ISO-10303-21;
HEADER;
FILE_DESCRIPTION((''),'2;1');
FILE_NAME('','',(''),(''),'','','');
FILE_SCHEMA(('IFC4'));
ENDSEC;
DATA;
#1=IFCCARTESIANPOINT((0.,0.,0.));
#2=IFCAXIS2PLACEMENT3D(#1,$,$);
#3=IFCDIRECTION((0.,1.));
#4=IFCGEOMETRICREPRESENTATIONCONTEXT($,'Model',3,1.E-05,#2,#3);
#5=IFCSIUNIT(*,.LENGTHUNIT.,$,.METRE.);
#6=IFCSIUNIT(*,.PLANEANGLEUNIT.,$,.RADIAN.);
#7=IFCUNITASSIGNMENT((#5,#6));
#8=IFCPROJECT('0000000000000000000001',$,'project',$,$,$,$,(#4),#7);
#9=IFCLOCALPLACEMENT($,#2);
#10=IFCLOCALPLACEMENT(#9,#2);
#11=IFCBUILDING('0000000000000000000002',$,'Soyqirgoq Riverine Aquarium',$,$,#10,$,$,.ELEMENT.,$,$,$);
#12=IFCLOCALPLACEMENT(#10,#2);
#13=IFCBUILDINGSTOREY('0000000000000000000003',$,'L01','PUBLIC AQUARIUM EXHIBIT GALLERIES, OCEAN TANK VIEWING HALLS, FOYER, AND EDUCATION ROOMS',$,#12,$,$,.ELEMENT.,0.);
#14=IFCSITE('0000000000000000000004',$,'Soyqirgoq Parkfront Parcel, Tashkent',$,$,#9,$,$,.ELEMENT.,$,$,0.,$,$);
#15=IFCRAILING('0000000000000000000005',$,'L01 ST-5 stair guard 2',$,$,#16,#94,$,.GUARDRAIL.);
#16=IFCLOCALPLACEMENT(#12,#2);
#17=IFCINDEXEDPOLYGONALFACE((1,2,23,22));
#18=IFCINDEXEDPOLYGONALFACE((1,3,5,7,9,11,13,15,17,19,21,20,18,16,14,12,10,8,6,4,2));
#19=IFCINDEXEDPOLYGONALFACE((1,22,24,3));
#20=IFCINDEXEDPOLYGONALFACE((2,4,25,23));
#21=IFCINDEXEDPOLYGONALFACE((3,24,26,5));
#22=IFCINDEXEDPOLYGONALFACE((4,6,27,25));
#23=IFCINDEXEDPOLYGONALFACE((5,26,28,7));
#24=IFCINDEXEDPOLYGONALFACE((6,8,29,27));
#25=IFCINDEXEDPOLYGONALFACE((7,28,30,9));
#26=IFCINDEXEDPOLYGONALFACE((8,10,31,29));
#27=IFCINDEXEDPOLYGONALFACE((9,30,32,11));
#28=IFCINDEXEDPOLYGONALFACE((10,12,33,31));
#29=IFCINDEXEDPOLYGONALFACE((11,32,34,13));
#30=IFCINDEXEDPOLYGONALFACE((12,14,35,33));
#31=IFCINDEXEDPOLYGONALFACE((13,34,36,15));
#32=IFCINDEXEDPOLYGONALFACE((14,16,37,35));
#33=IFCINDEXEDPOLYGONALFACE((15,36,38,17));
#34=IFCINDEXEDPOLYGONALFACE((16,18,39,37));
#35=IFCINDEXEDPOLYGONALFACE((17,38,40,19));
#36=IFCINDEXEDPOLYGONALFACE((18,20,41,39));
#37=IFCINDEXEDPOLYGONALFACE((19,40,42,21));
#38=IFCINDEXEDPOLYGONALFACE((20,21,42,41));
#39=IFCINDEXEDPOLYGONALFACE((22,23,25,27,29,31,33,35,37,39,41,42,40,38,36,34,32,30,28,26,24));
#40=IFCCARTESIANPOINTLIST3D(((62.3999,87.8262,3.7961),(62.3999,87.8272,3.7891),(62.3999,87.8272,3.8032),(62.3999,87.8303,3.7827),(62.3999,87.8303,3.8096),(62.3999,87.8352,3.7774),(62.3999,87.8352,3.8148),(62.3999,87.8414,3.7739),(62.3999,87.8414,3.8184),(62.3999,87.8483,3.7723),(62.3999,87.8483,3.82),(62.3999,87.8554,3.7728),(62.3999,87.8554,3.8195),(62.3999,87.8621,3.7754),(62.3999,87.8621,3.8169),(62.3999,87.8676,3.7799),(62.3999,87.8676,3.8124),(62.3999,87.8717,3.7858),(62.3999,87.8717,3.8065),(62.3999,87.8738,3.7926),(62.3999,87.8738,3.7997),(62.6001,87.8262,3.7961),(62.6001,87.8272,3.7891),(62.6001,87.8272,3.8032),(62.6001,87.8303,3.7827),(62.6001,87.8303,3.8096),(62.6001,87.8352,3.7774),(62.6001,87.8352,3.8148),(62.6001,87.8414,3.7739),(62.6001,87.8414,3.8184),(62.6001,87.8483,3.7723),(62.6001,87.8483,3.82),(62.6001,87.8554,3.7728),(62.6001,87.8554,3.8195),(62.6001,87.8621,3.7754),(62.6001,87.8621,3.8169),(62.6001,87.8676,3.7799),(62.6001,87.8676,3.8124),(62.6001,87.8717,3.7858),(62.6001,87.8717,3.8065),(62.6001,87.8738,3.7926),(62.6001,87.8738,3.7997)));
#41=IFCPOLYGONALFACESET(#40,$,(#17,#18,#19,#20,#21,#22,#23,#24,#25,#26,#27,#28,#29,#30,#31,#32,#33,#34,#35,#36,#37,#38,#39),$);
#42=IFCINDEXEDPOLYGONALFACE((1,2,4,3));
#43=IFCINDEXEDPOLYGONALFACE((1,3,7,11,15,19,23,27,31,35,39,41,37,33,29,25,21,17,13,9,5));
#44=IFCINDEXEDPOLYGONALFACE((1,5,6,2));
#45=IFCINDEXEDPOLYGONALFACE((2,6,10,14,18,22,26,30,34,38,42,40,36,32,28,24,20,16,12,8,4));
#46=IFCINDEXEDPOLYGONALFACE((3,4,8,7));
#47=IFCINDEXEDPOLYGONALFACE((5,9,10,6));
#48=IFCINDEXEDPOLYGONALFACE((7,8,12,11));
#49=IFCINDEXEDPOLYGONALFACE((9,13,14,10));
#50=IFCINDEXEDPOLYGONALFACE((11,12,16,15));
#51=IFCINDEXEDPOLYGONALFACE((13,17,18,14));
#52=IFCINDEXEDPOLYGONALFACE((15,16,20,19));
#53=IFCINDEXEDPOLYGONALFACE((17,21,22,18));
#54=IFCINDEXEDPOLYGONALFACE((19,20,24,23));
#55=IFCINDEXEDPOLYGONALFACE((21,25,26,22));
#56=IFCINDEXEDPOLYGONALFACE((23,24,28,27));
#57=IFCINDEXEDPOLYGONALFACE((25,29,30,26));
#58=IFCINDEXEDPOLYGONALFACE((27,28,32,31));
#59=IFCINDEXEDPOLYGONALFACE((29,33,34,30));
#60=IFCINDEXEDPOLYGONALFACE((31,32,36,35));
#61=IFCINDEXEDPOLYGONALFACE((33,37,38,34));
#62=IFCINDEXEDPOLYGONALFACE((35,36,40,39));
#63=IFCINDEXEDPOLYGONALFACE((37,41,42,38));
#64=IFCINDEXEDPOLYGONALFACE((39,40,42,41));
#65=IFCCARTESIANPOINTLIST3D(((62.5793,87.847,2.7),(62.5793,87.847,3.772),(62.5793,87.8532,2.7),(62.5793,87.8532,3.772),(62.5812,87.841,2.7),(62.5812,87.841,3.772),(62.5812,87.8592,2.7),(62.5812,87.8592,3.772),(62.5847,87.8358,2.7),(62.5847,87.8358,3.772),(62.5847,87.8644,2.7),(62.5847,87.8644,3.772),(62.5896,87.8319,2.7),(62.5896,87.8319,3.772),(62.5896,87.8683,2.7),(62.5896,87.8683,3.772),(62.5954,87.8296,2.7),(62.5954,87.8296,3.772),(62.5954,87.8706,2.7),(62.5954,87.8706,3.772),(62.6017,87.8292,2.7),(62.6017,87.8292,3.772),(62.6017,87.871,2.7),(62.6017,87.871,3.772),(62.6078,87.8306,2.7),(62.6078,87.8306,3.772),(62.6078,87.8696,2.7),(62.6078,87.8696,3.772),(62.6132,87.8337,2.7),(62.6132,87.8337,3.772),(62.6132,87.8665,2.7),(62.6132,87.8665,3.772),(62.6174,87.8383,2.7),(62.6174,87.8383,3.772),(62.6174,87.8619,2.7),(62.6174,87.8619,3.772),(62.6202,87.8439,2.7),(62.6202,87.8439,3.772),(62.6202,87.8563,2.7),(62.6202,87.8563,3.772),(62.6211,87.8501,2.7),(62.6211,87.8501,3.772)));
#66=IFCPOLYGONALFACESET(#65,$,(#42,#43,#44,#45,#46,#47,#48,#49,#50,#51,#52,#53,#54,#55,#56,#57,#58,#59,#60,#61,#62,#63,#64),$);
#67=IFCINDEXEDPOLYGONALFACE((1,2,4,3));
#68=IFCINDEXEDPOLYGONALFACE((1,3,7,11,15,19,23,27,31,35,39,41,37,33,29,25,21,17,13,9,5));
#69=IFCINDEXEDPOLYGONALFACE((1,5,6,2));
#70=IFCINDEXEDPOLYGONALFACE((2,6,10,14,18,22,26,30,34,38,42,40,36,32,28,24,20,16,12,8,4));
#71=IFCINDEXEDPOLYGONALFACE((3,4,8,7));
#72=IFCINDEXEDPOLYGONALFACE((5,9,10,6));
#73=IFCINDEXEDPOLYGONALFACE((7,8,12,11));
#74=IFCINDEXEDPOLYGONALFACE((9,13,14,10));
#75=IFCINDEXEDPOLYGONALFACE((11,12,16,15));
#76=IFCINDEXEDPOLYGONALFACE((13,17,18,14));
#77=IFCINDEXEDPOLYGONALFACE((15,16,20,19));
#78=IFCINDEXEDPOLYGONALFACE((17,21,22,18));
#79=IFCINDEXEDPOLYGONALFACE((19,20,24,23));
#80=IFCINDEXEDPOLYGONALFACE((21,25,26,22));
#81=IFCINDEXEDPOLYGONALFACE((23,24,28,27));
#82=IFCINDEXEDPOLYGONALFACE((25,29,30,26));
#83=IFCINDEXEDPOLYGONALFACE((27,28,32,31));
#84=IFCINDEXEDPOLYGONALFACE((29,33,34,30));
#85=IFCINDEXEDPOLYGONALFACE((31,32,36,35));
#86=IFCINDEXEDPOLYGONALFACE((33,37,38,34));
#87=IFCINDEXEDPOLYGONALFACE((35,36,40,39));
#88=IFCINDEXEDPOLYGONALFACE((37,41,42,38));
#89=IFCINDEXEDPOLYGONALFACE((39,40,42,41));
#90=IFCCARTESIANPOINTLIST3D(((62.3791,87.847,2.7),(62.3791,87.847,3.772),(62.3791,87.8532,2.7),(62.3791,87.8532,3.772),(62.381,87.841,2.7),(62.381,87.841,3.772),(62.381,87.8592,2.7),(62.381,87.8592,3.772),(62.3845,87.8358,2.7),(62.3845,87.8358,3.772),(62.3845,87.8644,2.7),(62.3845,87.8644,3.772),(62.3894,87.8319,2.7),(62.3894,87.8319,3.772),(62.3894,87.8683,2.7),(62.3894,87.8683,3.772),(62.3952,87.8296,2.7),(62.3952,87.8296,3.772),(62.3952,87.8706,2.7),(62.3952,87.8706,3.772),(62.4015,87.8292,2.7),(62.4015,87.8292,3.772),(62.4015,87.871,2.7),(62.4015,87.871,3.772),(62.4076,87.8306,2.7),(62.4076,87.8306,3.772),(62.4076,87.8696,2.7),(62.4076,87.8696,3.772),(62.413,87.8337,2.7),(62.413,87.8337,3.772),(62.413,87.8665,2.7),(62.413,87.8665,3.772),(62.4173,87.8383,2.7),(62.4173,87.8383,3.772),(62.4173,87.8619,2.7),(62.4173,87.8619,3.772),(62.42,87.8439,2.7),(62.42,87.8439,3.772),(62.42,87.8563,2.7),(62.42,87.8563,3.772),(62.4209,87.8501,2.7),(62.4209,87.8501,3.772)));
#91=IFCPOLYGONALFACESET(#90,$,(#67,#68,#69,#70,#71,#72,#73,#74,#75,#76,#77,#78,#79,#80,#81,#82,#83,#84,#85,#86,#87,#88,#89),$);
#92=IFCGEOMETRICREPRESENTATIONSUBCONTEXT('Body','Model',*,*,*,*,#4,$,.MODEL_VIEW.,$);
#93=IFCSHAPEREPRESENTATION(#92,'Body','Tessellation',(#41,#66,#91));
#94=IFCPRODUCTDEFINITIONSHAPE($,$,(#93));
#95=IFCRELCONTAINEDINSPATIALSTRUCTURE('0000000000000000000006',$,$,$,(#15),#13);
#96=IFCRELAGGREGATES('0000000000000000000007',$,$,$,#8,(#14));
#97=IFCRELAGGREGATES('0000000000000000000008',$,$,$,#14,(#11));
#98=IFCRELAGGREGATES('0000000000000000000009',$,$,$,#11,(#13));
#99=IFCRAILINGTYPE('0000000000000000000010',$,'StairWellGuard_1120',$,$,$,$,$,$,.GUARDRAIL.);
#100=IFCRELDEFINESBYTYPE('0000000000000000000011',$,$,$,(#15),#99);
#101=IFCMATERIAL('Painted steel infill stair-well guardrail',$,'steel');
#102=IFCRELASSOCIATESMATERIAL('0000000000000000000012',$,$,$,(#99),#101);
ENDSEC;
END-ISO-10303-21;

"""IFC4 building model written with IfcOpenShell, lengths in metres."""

from ifc_helpers import new_model, si_unit, direction, frame, origin, origin_2d, place, context, subcontext, project, spatial, circle, extrude, material, type_object, element, save


model = new_model("IFC4")

# Units and contexts
model_context = context("Model", 3, precision=1e-05, world=origin(), true_north=direction((0.0, 1.0)))
body_context = subcontext(model_context, "Body", "Model", "MODEL_VIEW")
ifc_project = project(units=[si_unit("LENGTHUNIT", "METRE"), si_unit("PLANEANGLEUNIT", "RADIAN")], contexts=[model_context])

# Site, building, storey
site_placement = place(None, origin())
site = spatial("IfcSite", under=ifc_project, at=site_placement, Name="Soyqirgoq Parkfront Parcel, Tashkent", CompositionType="ELEMENT", RefElevation=0.0)
building_placement = place(site_placement, origin())
building = spatial("IfcBuilding", under=site, at=building_placement, Name="Soyqirgoq Riverine Aquarium", CompositionType="ELEMENT")
storey_placement = place(building_placement, origin())
storey = spatial("IfcBuildingStorey", under=building, at=storey_placement, Name="L01", Description="PUBLIC AQUARIUM EXHIBIT GALLERIES, OCEAN TANK VIEWING HALLS, FOYER, AND EDUCATION ROOMS", CompositionType="ELEMENT", Elevation=0.0)

# Railing
ifc_material_1 = material(Name="Painted steel infill stair-well guardrail", Category="steel")
railing_type_1 = type_object("IfcRailingType", Name="StairWellGuard_1120", PredefinedType="GUARDRAIL", material=ifc_material_1)
railing_1_placement = place(storey_placement, frame((62.6001, 87.8501, 2.7)))
element("IfcRailing", 1, at=railing_1_placement, inside=storey, type_object=railing_type_1, Name="L01 ST-5 stair guard 2", PredefinedType="GUARDRAIL", context=body_context, shape_type="SweptSolid", body=[
    extrude(circle(Radius=0.0239, at=origin_2d()), frame((0.0, 0.0, 1.0962), z_axis=(-1.0, 0.0, 0.0), x_axis=(0.0, -1.0, 0.0)), (0.0, 0.0, 1.0), 0.2002),
    extrude(circle(Radius=0.021, at=origin_2d()), origin(), (0.0, 0.0, 1.0), 1.072),
    extrude(circle(Radius=0.021, at=origin_2d()), frame((-0.2002, 0.0, 0.0)), (0.0, 0.0, 1.0), 1.072),
])

save(model, "model.ifc")
